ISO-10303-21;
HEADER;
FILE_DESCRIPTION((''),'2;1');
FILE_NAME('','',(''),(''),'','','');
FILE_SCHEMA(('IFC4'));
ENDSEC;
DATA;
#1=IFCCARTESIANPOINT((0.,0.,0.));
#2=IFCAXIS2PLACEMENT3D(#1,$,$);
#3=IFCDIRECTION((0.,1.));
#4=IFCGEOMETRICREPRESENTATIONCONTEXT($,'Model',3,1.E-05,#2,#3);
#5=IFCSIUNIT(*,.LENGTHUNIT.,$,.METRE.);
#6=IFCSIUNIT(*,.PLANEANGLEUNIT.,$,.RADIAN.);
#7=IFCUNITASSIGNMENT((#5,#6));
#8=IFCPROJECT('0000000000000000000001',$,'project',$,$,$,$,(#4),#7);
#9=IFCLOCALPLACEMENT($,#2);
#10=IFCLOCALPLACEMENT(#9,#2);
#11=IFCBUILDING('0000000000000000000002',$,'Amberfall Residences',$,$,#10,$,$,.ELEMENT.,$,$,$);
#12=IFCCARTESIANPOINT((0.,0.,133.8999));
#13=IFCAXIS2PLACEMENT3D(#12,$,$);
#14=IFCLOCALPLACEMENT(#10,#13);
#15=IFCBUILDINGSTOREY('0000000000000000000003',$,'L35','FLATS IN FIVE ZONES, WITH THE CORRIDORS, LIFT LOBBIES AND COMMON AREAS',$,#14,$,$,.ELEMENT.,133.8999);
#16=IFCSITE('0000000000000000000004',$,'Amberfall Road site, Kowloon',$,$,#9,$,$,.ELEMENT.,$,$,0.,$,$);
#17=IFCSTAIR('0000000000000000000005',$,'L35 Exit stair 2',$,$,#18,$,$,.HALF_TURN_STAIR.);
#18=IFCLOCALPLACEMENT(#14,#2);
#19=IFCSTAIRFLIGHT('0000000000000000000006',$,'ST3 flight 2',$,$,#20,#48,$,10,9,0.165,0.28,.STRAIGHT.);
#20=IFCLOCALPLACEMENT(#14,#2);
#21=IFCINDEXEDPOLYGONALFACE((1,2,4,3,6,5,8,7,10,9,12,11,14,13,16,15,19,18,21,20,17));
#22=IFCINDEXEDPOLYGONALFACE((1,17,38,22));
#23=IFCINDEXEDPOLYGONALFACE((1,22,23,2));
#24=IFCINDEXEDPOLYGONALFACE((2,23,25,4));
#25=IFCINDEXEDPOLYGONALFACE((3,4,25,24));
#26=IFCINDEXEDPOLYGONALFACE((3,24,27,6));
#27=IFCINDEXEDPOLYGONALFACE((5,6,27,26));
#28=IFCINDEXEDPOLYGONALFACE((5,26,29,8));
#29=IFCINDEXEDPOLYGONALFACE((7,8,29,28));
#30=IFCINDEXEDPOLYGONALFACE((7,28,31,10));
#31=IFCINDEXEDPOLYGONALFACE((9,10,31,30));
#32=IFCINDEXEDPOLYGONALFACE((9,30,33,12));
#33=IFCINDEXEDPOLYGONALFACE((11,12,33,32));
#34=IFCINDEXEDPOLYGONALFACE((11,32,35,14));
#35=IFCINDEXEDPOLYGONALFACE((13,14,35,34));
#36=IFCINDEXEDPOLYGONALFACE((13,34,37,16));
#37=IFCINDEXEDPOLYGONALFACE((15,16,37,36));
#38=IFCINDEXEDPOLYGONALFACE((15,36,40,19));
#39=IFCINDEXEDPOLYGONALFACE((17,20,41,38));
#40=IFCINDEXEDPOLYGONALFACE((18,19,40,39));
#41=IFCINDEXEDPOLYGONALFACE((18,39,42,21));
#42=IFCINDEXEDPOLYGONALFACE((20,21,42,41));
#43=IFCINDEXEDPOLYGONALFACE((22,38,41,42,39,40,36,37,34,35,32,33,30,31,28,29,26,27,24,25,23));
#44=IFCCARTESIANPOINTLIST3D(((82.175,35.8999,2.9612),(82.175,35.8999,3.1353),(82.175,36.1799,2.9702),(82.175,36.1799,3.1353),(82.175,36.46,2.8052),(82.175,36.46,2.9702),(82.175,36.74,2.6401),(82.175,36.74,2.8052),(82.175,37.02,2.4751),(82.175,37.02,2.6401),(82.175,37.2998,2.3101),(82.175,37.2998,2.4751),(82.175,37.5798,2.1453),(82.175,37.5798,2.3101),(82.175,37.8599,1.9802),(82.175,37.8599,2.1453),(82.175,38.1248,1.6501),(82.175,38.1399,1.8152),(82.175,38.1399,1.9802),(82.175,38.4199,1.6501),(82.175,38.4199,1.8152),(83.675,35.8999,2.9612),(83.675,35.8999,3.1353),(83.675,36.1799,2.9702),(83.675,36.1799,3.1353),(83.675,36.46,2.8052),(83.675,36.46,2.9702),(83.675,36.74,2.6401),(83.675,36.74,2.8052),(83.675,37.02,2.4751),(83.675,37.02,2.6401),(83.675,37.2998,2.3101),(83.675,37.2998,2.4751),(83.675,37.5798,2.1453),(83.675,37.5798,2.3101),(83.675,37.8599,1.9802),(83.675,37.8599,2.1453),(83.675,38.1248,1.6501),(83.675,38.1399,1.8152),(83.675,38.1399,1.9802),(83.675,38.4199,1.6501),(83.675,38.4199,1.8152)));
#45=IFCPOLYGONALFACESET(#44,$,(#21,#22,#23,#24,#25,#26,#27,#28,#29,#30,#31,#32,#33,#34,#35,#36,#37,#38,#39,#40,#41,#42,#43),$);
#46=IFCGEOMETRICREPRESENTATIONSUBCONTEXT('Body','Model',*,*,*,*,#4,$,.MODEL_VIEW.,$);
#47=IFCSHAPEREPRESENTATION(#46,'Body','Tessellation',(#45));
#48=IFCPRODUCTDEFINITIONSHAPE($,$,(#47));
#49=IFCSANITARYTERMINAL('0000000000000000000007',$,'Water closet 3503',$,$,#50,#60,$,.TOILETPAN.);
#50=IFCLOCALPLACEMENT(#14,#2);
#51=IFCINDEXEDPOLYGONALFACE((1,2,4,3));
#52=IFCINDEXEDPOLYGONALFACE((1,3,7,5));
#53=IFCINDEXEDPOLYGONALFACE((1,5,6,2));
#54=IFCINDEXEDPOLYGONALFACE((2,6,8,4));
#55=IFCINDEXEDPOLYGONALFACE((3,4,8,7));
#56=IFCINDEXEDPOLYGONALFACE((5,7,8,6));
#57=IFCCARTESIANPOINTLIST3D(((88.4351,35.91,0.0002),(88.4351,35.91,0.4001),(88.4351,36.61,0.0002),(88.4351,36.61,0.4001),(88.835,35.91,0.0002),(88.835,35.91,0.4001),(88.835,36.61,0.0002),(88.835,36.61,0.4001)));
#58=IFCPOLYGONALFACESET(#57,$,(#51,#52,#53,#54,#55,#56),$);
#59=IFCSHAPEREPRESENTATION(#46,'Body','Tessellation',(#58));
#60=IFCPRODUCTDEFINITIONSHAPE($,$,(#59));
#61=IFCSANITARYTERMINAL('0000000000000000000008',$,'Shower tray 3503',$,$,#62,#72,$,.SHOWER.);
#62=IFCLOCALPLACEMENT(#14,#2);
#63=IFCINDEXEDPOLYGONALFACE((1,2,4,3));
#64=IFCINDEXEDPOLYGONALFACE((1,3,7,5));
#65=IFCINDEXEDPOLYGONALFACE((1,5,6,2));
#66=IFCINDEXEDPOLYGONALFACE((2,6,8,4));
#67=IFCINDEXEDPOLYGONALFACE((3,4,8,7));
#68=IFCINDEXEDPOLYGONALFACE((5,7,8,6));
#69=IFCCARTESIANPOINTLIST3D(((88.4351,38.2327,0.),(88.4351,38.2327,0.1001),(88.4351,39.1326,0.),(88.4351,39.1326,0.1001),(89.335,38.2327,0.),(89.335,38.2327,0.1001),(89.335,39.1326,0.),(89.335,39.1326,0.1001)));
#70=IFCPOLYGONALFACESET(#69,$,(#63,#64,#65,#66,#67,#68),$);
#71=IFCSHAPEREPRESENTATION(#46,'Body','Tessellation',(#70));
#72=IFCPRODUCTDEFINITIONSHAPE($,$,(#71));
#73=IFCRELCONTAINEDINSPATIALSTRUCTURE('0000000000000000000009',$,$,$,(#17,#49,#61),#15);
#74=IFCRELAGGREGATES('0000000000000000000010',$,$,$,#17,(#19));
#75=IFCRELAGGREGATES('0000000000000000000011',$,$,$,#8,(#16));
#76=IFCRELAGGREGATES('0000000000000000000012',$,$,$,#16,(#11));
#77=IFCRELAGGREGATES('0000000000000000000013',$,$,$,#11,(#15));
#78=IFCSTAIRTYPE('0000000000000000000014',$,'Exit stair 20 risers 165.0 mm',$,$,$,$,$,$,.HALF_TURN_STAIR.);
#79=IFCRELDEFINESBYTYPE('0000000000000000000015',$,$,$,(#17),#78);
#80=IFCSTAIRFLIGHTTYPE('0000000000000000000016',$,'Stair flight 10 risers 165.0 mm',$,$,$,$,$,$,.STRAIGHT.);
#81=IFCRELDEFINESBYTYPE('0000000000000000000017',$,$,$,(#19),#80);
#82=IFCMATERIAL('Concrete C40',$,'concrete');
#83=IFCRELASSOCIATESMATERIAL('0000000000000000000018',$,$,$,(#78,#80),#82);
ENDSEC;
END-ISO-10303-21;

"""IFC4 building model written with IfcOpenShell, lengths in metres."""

from ifc_helpers import new_model, si_unit, direction, frame, origin, origin_2d, place, context, subcontext, project, spatial, polyline, rectangle, outline, extrude, material, type_object, element, aggregate, save


model = new_model("IFC4")

# Units and contexts
model_context = context("Model", 3, precision=1e-05, world=origin(), true_north=direction((0.0, 1.0)))
body_context = subcontext(model_context, "Body", "Model", "MODEL_VIEW")
ifc_project = project(units=[si_unit("LENGTHUNIT", "METRE"), si_unit("PLANEANGLEUNIT", "RADIAN")], contexts=[model_context])

# Site, building, storey
site_placement = place(None, origin())
site = spatial("IfcSite", under=ifc_project, at=site_placement, Name="Amberfall Road site, Kowloon", CompositionType="ELEMENT", RefElevation=0.0)
building_placement = place(site_placement, origin())
building = spatial("IfcBuilding", under=site, at=building_placement, Name="Amberfall Residences", CompositionType="ELEMENT")
storey_placement = place(building_placement, frame((0.0, 0.0, 133.8999)))
storey = spatial("IfcBuildingStorey", under=building, at=storey_placement, Name="L35", Description="FLATS IN FIVE ZONES, WITH THE CORRIDORS, LIFT LOBBIES AND COMMON AREAS", CompositionType="ELEMENT", Elevation=133.8999)

# Stair, stair flight
ifc_material_1 = material(Name="Concrete C40", Category="concrete")
stair_type = type_object("IfcStairType", Name="Exit stair 20 risers 165.0 mm", PredefinedType="HALF_TURN_STAIR", material=ifc_material_1)
stair_placement = place(storey_placement, origin())
stair = element("IfcStair", 1, at=stair_placement, inside=storey, type_object=stair_type, Name="L35 Exit stair 2", PredefinedType="HALF_TURN_STAIR")
stair_flight_type = type_object("IfcStairFlightType", Name="Stair flight 10 risers 165.0 mm", PredefinedType="STRAIGHT", material=ifc_material_1)
stair_flight_1_placement = place(storey_placement, frame((82.925, 38.4199, 1.6501), z_axis=(0.0, 0.0, 1.0), x_axis=(0.0, -1.0, 0.0)))
stair_flight_1 = element("IfcStairFlight", 2, at=stair_flight_1_placement, type_object=stair_flight_type, Name="ST3 flight 2", NumberOfRisers=10, NumberOfTreads=9, PredefinedType="STRAIGHT", RiserHeight=0.165, TreadLength=0.28, context=body_context, shape_type="SweptSolid", body=[
    extrude(outline(polyline([(0.0, 0.0), (0.0, 0.165), (0.28, 0.165), (0.28, 0.3301), (0.5601, 0.3301), (0.5601, 0.4951), (0.8401, 0.4951), (0.8401, 0.6599), (1.1201, 0.6599), (1.1201, 0.825), (1.3999, 0.825), (1.3999, 0.99), (1.6799, 0.99), (1.6799, 1.155), (1.96, 1.155), (1.96, 1.3201), (2.24, 1.3201), (2.24, 1.4851), (2.52, 1.4851), (2.52, 1.6499), (2.52, 1.311), (0.2952, 0.0), (0.0, 0.0)])), frame((0.0, 0.75, 0.0), z_axis=(0.0, -1.0, 0.0), x_axis=(1.0, 0.0, 0.0)), (0.0, 0.0, 1.0), 1.5),
])
aggregate(stair, [stair_flight_1])

# Sanitary terminals
sanitary_terminal_1_placement = place(storey_placement, frame((88.635, 36.26, 0.0002), z_axis=(0.0, 0.0, 1.0), x_axis=(1.0, 0.0, 0.0)))
element("IfcSanitaryTerminal", 3, at=sanitary_terminal_1_placement, inside=storey, Name="Water closet 3503", PredefinedType="TOILETPAN", context=body_context, shape_type="SweptSolid", body=[
    extrude(rectangle(XDim=0.3999, YDim=0.7, at=origin_2d()), origin(), (0.0, 0.0, 1.0), 0.3999),
])
sanitary_terminal_2_placement = place(storey_placement, frame((88.885, 38.6826, 0.0), z_axis=(0.0, 0.0, 1.0), x_axis=(1.0, 0.0, 0.0)))
element("IfcSanitaryTerminal", 4, at=sanitary_terminal_2_placement, inside=storey, Name="Shower tray 3503", PredefinedType="SHOWER", context=body_context, shape_type="SweptSolid", body=[
    extrude(rectangle(XDim=0.8999, YDim=0.8999, at=origin_2d()), origin(), (0.0, 0.0, 1.0), 0.1001),
])

save(model, "model.ifc")
